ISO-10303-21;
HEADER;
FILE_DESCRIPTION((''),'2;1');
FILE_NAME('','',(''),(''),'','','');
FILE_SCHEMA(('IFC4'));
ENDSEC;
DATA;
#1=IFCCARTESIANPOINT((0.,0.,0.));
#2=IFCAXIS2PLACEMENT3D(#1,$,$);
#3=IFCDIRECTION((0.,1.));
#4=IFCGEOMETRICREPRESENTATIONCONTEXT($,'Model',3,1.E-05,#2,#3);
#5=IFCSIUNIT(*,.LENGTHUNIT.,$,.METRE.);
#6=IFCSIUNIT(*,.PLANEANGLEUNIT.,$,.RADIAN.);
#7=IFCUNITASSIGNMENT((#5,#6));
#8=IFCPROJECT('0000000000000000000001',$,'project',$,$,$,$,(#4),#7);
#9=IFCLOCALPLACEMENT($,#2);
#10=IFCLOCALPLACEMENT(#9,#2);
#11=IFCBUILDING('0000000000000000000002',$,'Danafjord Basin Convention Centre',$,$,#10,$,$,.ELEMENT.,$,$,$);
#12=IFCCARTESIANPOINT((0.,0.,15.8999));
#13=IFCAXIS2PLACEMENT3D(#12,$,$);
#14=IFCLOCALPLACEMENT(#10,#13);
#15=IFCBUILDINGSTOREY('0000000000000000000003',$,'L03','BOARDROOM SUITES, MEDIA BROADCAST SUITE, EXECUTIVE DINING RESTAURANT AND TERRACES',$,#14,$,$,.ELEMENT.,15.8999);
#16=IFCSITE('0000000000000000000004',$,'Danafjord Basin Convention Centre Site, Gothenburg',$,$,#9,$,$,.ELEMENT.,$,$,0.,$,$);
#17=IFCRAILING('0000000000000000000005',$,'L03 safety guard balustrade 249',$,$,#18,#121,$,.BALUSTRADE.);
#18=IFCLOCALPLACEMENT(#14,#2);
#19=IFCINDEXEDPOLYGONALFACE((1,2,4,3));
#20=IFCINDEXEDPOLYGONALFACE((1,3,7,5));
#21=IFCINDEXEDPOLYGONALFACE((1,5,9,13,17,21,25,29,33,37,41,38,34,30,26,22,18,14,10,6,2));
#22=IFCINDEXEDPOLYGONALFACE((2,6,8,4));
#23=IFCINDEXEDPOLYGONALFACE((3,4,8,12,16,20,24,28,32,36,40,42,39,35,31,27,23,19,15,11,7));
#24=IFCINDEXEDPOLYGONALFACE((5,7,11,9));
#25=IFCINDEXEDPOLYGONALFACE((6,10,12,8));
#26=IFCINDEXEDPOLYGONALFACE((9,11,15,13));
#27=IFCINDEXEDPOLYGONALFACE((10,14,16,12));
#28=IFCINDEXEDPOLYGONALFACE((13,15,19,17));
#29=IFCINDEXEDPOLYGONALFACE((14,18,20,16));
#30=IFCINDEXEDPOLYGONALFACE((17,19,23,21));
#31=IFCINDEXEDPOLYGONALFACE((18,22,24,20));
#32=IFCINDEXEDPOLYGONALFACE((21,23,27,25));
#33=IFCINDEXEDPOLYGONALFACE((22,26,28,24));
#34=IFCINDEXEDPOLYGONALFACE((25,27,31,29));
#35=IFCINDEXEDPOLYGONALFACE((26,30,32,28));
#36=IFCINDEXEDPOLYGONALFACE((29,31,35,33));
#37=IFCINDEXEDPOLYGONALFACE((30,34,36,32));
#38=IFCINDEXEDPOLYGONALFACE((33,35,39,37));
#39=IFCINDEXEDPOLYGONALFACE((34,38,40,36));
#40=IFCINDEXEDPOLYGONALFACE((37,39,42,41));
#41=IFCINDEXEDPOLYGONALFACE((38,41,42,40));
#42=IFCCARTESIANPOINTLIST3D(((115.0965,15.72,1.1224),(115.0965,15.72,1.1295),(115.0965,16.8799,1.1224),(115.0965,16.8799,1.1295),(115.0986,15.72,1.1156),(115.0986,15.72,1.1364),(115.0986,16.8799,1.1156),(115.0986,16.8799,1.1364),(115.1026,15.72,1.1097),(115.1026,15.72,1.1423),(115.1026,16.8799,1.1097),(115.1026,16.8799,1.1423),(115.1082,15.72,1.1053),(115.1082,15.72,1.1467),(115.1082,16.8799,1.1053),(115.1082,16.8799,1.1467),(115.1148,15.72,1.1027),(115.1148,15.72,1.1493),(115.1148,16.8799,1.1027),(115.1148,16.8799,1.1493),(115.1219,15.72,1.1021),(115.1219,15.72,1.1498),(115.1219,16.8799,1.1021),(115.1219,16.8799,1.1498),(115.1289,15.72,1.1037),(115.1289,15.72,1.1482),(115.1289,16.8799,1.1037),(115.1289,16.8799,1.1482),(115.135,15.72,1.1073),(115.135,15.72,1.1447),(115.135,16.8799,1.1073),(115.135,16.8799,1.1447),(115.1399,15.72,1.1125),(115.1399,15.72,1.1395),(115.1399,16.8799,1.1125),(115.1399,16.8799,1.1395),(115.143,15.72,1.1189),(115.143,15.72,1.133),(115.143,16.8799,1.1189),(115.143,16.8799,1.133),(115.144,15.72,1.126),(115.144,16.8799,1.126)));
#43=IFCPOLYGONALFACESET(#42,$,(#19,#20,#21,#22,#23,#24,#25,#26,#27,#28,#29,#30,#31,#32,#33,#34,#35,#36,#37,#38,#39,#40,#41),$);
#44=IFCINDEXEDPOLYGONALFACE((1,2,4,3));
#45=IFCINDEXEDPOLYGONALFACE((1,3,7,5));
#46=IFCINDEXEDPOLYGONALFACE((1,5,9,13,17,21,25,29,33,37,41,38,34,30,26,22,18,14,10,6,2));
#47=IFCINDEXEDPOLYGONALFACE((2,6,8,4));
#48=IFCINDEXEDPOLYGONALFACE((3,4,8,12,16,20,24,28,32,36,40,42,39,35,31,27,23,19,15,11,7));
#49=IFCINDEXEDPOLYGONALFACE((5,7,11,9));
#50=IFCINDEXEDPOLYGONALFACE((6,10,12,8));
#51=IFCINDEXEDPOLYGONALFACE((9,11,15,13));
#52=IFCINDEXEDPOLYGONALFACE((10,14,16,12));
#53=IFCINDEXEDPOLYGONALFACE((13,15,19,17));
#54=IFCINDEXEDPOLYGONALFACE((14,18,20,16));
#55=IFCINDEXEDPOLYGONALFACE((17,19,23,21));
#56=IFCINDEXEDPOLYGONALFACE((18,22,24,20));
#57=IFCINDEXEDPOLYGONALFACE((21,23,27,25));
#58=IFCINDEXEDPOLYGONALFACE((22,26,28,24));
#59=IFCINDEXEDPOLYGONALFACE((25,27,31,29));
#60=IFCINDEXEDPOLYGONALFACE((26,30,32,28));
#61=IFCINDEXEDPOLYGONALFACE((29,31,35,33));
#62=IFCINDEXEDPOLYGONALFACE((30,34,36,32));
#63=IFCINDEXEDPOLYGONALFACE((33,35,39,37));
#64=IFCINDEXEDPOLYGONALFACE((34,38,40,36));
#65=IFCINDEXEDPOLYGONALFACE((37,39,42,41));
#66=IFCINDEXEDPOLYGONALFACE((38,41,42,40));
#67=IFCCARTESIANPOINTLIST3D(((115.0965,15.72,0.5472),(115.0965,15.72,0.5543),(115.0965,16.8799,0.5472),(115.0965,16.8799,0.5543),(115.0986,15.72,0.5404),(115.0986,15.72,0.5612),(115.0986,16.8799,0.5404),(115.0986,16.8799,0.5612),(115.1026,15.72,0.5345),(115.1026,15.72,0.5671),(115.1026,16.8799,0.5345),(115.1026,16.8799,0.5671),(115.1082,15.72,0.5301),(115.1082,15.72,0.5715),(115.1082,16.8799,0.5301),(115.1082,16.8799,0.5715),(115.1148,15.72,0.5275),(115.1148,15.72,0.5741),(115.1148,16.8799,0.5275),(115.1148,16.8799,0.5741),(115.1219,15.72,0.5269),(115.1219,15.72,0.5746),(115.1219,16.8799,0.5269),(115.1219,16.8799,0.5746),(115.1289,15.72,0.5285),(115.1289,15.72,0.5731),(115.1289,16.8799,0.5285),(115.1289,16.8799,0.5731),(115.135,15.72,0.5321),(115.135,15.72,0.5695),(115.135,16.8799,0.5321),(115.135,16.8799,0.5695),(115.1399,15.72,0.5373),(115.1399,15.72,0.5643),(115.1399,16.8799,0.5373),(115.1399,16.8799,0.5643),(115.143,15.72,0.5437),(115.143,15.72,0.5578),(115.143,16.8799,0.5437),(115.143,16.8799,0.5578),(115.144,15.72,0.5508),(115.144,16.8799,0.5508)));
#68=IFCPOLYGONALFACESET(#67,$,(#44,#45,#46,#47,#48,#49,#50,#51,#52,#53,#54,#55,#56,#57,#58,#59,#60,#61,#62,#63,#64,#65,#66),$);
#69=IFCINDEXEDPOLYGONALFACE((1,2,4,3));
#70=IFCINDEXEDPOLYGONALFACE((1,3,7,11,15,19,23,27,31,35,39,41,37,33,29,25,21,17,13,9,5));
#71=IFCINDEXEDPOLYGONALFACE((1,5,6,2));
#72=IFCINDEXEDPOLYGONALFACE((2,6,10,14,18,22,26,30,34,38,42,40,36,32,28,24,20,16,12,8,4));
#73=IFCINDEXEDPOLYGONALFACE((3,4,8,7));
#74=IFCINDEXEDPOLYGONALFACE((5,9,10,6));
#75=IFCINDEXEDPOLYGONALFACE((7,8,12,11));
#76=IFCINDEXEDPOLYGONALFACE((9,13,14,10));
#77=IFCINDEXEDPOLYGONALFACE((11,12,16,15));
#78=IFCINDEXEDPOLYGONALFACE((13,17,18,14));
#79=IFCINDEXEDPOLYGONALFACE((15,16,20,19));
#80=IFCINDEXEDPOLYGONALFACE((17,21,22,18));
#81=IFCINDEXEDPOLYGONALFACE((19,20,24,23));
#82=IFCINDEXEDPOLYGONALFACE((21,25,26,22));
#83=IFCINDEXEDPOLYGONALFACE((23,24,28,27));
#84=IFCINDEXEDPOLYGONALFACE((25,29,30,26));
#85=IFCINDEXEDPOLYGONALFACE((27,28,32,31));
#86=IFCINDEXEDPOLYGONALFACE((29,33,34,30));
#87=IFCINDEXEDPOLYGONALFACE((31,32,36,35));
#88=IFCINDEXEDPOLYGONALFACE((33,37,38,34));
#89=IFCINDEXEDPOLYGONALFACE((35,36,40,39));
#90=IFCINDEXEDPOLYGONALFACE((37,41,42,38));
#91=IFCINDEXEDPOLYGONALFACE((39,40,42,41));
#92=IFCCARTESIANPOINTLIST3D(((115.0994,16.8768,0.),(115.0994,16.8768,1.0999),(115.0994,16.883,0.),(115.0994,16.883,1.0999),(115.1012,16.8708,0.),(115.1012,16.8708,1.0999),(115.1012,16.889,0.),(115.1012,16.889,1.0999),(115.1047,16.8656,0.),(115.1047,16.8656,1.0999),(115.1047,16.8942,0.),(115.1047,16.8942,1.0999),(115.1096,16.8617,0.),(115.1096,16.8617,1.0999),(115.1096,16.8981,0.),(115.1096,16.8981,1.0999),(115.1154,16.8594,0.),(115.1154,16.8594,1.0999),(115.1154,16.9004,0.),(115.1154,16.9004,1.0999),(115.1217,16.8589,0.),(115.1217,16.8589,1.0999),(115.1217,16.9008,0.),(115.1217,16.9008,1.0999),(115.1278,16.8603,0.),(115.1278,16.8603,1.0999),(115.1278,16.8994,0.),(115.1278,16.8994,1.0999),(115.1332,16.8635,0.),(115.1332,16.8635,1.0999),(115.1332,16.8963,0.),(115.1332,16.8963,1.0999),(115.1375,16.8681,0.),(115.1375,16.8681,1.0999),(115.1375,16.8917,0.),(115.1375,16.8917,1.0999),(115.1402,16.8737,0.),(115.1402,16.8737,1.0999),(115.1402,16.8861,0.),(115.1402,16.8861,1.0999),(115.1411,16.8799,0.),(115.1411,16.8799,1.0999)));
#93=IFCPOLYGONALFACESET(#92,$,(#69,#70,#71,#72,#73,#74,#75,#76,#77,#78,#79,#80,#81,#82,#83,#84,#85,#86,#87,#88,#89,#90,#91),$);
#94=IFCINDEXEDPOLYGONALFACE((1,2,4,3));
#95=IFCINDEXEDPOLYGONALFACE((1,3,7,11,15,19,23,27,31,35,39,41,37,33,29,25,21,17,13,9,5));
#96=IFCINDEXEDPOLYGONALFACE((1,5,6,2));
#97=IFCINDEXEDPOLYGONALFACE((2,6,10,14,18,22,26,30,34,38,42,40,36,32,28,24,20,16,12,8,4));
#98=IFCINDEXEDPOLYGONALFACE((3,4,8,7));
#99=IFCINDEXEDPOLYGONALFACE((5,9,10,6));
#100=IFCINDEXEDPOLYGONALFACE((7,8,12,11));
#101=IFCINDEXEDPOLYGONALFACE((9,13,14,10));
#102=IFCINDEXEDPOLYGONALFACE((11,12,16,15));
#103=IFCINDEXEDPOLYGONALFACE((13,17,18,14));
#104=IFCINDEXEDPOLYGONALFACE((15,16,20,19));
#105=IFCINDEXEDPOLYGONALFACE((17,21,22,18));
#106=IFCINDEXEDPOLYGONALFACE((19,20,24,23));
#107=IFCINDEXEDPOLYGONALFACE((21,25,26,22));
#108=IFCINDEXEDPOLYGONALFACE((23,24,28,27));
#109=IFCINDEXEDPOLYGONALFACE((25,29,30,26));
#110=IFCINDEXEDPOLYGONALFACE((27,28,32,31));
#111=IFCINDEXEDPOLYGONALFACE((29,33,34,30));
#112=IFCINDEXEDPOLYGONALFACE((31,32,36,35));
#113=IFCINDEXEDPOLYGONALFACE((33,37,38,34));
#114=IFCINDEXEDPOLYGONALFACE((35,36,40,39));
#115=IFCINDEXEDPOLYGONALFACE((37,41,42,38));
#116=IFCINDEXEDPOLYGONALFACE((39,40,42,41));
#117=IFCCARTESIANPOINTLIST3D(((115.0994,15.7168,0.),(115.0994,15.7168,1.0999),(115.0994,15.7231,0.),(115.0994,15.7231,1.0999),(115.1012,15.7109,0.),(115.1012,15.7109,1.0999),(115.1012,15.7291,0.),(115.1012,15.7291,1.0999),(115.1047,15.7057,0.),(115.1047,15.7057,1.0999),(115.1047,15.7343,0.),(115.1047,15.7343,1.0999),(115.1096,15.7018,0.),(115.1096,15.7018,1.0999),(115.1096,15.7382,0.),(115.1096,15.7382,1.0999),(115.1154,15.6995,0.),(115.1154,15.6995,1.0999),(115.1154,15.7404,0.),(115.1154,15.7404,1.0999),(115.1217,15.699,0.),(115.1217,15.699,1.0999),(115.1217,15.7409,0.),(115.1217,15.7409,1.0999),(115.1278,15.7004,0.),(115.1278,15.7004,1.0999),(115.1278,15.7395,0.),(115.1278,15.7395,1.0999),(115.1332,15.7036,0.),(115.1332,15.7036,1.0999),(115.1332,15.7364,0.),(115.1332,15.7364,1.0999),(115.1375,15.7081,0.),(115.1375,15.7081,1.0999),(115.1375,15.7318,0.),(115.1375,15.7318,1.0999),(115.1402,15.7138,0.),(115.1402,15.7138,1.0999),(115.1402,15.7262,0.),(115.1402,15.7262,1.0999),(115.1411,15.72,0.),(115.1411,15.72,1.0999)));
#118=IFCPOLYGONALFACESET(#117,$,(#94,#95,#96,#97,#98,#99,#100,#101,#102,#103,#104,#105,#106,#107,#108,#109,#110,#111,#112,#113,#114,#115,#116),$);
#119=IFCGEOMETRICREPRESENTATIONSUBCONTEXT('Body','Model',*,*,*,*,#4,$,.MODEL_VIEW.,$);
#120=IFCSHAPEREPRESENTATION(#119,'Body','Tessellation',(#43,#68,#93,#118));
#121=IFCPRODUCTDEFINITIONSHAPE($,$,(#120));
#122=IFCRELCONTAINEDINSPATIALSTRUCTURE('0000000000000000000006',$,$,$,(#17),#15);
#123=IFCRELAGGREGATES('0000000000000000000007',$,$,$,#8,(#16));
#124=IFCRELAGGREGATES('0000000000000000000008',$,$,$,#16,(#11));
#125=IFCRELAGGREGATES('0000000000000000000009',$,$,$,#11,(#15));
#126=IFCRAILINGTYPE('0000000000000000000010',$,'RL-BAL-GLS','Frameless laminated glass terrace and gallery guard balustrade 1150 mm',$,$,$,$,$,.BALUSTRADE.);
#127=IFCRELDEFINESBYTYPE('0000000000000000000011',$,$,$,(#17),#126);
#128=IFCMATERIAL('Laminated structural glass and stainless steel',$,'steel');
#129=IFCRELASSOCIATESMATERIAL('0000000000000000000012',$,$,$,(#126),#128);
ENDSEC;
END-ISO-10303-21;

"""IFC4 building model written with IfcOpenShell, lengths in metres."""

from ifc_helpers import new_model, si_unit, direction, frame, origin, origin_2d, place, context, subcontext, project, spatial, circle, extrude, material, type_object, element, save


model = new_model("IFC4")

# Units and contexts
model_context = context("Model", 3, precision=1e-05, world=origin(), true_north=direction((0.0, 1.0)))
body_context = subcontext(model_context, "Body", "Model", "MODEL_VIEW")
ifc_project = project(units=[si_unit("LENGTHUNIT", "METRE"), si_unit("PLANEANGLEUNIT", "RADIAN")], contexts=[model_context])

# Site, building, storey
site_placement = place(None, origin())
site = spatial("IfcSite", under=ifc_project, at=site_placement, Name="Danafjord Basin Convention Centre Site, Gothenburg", CompositionType="ELEMENT", RefElevation=0.0)
building_placement = place(site_placement, origin())
building = spatial("IfcBuilding", under=site, at=building_placement, Name="Danafjord Basin Convention Centre", CompositionType="ELEMENT")
storey_placement = place(building_placement, frame((0.0, 0.0, 15.8999)))
storey = spatial("IfcBuildingStorey", under=building, at=storey_placement, Name="L03", Description="BOARDROOM SUITES, MEDIA BROADCAST SUITE, EXECUTIVE DINING RESTAURANT AND TERRACES", CompositionType="ELEMENT", Elevation=15.8999)

# Railing
ifc_material_1 = material(Name="Laminated structural glass and stainless steel", Category="steel")
railing_type = type_object("IfcRailingType", Name="RL-BAL-GLS", Description="Frameless laminated glass terrace and gallery guard balustrade 1150 mm", PredefinedType="BALUSTRADE", material=ifc_material_1)
for number, where, name in (
    (1, (115.1201, 16.8799, 0.0), "L03 safety guard balustrade 249"),
):
    element("IfcRailing", number, at=place(storey_placement, frame(where)), inside=storey, type_object=railing_type, Name=name, PredefinedType="BALUSTRADE", context=body_context, shape_type="SweptSolid", body=[
        extrude(circle(Radius=0.0239, at=origin_2d()), frame((0.0, 0.0, 1.126), z_axis=(0.0, -1.0, 0.0), x_axis=(1.0, 0.0, 0.0)), (0.0, 0.0, 1.0), 1.1599),
        extrude(circle(Radius=0.0239, at=origin_2d()), frame((0.0, 0.0, 0.5508), z_axis=(0.0, -1.0, 0.0), x_axis=(1.0, 0.0, 0.0)), (0.0, 0.0, 1.0), 1.1599),
        extrude(circle(Radius=0.021, at=origin_2d()), origin(), (0.0, 0.0, 1.0), 1.0999),
        extrude(circle(Radius=0.021, at=origin_2d()), frame((0.0, -1.1599, 0.0)), (0.0, 0.0, 1.0), 1.0999),
    ])

save(model, "model.ifc")
